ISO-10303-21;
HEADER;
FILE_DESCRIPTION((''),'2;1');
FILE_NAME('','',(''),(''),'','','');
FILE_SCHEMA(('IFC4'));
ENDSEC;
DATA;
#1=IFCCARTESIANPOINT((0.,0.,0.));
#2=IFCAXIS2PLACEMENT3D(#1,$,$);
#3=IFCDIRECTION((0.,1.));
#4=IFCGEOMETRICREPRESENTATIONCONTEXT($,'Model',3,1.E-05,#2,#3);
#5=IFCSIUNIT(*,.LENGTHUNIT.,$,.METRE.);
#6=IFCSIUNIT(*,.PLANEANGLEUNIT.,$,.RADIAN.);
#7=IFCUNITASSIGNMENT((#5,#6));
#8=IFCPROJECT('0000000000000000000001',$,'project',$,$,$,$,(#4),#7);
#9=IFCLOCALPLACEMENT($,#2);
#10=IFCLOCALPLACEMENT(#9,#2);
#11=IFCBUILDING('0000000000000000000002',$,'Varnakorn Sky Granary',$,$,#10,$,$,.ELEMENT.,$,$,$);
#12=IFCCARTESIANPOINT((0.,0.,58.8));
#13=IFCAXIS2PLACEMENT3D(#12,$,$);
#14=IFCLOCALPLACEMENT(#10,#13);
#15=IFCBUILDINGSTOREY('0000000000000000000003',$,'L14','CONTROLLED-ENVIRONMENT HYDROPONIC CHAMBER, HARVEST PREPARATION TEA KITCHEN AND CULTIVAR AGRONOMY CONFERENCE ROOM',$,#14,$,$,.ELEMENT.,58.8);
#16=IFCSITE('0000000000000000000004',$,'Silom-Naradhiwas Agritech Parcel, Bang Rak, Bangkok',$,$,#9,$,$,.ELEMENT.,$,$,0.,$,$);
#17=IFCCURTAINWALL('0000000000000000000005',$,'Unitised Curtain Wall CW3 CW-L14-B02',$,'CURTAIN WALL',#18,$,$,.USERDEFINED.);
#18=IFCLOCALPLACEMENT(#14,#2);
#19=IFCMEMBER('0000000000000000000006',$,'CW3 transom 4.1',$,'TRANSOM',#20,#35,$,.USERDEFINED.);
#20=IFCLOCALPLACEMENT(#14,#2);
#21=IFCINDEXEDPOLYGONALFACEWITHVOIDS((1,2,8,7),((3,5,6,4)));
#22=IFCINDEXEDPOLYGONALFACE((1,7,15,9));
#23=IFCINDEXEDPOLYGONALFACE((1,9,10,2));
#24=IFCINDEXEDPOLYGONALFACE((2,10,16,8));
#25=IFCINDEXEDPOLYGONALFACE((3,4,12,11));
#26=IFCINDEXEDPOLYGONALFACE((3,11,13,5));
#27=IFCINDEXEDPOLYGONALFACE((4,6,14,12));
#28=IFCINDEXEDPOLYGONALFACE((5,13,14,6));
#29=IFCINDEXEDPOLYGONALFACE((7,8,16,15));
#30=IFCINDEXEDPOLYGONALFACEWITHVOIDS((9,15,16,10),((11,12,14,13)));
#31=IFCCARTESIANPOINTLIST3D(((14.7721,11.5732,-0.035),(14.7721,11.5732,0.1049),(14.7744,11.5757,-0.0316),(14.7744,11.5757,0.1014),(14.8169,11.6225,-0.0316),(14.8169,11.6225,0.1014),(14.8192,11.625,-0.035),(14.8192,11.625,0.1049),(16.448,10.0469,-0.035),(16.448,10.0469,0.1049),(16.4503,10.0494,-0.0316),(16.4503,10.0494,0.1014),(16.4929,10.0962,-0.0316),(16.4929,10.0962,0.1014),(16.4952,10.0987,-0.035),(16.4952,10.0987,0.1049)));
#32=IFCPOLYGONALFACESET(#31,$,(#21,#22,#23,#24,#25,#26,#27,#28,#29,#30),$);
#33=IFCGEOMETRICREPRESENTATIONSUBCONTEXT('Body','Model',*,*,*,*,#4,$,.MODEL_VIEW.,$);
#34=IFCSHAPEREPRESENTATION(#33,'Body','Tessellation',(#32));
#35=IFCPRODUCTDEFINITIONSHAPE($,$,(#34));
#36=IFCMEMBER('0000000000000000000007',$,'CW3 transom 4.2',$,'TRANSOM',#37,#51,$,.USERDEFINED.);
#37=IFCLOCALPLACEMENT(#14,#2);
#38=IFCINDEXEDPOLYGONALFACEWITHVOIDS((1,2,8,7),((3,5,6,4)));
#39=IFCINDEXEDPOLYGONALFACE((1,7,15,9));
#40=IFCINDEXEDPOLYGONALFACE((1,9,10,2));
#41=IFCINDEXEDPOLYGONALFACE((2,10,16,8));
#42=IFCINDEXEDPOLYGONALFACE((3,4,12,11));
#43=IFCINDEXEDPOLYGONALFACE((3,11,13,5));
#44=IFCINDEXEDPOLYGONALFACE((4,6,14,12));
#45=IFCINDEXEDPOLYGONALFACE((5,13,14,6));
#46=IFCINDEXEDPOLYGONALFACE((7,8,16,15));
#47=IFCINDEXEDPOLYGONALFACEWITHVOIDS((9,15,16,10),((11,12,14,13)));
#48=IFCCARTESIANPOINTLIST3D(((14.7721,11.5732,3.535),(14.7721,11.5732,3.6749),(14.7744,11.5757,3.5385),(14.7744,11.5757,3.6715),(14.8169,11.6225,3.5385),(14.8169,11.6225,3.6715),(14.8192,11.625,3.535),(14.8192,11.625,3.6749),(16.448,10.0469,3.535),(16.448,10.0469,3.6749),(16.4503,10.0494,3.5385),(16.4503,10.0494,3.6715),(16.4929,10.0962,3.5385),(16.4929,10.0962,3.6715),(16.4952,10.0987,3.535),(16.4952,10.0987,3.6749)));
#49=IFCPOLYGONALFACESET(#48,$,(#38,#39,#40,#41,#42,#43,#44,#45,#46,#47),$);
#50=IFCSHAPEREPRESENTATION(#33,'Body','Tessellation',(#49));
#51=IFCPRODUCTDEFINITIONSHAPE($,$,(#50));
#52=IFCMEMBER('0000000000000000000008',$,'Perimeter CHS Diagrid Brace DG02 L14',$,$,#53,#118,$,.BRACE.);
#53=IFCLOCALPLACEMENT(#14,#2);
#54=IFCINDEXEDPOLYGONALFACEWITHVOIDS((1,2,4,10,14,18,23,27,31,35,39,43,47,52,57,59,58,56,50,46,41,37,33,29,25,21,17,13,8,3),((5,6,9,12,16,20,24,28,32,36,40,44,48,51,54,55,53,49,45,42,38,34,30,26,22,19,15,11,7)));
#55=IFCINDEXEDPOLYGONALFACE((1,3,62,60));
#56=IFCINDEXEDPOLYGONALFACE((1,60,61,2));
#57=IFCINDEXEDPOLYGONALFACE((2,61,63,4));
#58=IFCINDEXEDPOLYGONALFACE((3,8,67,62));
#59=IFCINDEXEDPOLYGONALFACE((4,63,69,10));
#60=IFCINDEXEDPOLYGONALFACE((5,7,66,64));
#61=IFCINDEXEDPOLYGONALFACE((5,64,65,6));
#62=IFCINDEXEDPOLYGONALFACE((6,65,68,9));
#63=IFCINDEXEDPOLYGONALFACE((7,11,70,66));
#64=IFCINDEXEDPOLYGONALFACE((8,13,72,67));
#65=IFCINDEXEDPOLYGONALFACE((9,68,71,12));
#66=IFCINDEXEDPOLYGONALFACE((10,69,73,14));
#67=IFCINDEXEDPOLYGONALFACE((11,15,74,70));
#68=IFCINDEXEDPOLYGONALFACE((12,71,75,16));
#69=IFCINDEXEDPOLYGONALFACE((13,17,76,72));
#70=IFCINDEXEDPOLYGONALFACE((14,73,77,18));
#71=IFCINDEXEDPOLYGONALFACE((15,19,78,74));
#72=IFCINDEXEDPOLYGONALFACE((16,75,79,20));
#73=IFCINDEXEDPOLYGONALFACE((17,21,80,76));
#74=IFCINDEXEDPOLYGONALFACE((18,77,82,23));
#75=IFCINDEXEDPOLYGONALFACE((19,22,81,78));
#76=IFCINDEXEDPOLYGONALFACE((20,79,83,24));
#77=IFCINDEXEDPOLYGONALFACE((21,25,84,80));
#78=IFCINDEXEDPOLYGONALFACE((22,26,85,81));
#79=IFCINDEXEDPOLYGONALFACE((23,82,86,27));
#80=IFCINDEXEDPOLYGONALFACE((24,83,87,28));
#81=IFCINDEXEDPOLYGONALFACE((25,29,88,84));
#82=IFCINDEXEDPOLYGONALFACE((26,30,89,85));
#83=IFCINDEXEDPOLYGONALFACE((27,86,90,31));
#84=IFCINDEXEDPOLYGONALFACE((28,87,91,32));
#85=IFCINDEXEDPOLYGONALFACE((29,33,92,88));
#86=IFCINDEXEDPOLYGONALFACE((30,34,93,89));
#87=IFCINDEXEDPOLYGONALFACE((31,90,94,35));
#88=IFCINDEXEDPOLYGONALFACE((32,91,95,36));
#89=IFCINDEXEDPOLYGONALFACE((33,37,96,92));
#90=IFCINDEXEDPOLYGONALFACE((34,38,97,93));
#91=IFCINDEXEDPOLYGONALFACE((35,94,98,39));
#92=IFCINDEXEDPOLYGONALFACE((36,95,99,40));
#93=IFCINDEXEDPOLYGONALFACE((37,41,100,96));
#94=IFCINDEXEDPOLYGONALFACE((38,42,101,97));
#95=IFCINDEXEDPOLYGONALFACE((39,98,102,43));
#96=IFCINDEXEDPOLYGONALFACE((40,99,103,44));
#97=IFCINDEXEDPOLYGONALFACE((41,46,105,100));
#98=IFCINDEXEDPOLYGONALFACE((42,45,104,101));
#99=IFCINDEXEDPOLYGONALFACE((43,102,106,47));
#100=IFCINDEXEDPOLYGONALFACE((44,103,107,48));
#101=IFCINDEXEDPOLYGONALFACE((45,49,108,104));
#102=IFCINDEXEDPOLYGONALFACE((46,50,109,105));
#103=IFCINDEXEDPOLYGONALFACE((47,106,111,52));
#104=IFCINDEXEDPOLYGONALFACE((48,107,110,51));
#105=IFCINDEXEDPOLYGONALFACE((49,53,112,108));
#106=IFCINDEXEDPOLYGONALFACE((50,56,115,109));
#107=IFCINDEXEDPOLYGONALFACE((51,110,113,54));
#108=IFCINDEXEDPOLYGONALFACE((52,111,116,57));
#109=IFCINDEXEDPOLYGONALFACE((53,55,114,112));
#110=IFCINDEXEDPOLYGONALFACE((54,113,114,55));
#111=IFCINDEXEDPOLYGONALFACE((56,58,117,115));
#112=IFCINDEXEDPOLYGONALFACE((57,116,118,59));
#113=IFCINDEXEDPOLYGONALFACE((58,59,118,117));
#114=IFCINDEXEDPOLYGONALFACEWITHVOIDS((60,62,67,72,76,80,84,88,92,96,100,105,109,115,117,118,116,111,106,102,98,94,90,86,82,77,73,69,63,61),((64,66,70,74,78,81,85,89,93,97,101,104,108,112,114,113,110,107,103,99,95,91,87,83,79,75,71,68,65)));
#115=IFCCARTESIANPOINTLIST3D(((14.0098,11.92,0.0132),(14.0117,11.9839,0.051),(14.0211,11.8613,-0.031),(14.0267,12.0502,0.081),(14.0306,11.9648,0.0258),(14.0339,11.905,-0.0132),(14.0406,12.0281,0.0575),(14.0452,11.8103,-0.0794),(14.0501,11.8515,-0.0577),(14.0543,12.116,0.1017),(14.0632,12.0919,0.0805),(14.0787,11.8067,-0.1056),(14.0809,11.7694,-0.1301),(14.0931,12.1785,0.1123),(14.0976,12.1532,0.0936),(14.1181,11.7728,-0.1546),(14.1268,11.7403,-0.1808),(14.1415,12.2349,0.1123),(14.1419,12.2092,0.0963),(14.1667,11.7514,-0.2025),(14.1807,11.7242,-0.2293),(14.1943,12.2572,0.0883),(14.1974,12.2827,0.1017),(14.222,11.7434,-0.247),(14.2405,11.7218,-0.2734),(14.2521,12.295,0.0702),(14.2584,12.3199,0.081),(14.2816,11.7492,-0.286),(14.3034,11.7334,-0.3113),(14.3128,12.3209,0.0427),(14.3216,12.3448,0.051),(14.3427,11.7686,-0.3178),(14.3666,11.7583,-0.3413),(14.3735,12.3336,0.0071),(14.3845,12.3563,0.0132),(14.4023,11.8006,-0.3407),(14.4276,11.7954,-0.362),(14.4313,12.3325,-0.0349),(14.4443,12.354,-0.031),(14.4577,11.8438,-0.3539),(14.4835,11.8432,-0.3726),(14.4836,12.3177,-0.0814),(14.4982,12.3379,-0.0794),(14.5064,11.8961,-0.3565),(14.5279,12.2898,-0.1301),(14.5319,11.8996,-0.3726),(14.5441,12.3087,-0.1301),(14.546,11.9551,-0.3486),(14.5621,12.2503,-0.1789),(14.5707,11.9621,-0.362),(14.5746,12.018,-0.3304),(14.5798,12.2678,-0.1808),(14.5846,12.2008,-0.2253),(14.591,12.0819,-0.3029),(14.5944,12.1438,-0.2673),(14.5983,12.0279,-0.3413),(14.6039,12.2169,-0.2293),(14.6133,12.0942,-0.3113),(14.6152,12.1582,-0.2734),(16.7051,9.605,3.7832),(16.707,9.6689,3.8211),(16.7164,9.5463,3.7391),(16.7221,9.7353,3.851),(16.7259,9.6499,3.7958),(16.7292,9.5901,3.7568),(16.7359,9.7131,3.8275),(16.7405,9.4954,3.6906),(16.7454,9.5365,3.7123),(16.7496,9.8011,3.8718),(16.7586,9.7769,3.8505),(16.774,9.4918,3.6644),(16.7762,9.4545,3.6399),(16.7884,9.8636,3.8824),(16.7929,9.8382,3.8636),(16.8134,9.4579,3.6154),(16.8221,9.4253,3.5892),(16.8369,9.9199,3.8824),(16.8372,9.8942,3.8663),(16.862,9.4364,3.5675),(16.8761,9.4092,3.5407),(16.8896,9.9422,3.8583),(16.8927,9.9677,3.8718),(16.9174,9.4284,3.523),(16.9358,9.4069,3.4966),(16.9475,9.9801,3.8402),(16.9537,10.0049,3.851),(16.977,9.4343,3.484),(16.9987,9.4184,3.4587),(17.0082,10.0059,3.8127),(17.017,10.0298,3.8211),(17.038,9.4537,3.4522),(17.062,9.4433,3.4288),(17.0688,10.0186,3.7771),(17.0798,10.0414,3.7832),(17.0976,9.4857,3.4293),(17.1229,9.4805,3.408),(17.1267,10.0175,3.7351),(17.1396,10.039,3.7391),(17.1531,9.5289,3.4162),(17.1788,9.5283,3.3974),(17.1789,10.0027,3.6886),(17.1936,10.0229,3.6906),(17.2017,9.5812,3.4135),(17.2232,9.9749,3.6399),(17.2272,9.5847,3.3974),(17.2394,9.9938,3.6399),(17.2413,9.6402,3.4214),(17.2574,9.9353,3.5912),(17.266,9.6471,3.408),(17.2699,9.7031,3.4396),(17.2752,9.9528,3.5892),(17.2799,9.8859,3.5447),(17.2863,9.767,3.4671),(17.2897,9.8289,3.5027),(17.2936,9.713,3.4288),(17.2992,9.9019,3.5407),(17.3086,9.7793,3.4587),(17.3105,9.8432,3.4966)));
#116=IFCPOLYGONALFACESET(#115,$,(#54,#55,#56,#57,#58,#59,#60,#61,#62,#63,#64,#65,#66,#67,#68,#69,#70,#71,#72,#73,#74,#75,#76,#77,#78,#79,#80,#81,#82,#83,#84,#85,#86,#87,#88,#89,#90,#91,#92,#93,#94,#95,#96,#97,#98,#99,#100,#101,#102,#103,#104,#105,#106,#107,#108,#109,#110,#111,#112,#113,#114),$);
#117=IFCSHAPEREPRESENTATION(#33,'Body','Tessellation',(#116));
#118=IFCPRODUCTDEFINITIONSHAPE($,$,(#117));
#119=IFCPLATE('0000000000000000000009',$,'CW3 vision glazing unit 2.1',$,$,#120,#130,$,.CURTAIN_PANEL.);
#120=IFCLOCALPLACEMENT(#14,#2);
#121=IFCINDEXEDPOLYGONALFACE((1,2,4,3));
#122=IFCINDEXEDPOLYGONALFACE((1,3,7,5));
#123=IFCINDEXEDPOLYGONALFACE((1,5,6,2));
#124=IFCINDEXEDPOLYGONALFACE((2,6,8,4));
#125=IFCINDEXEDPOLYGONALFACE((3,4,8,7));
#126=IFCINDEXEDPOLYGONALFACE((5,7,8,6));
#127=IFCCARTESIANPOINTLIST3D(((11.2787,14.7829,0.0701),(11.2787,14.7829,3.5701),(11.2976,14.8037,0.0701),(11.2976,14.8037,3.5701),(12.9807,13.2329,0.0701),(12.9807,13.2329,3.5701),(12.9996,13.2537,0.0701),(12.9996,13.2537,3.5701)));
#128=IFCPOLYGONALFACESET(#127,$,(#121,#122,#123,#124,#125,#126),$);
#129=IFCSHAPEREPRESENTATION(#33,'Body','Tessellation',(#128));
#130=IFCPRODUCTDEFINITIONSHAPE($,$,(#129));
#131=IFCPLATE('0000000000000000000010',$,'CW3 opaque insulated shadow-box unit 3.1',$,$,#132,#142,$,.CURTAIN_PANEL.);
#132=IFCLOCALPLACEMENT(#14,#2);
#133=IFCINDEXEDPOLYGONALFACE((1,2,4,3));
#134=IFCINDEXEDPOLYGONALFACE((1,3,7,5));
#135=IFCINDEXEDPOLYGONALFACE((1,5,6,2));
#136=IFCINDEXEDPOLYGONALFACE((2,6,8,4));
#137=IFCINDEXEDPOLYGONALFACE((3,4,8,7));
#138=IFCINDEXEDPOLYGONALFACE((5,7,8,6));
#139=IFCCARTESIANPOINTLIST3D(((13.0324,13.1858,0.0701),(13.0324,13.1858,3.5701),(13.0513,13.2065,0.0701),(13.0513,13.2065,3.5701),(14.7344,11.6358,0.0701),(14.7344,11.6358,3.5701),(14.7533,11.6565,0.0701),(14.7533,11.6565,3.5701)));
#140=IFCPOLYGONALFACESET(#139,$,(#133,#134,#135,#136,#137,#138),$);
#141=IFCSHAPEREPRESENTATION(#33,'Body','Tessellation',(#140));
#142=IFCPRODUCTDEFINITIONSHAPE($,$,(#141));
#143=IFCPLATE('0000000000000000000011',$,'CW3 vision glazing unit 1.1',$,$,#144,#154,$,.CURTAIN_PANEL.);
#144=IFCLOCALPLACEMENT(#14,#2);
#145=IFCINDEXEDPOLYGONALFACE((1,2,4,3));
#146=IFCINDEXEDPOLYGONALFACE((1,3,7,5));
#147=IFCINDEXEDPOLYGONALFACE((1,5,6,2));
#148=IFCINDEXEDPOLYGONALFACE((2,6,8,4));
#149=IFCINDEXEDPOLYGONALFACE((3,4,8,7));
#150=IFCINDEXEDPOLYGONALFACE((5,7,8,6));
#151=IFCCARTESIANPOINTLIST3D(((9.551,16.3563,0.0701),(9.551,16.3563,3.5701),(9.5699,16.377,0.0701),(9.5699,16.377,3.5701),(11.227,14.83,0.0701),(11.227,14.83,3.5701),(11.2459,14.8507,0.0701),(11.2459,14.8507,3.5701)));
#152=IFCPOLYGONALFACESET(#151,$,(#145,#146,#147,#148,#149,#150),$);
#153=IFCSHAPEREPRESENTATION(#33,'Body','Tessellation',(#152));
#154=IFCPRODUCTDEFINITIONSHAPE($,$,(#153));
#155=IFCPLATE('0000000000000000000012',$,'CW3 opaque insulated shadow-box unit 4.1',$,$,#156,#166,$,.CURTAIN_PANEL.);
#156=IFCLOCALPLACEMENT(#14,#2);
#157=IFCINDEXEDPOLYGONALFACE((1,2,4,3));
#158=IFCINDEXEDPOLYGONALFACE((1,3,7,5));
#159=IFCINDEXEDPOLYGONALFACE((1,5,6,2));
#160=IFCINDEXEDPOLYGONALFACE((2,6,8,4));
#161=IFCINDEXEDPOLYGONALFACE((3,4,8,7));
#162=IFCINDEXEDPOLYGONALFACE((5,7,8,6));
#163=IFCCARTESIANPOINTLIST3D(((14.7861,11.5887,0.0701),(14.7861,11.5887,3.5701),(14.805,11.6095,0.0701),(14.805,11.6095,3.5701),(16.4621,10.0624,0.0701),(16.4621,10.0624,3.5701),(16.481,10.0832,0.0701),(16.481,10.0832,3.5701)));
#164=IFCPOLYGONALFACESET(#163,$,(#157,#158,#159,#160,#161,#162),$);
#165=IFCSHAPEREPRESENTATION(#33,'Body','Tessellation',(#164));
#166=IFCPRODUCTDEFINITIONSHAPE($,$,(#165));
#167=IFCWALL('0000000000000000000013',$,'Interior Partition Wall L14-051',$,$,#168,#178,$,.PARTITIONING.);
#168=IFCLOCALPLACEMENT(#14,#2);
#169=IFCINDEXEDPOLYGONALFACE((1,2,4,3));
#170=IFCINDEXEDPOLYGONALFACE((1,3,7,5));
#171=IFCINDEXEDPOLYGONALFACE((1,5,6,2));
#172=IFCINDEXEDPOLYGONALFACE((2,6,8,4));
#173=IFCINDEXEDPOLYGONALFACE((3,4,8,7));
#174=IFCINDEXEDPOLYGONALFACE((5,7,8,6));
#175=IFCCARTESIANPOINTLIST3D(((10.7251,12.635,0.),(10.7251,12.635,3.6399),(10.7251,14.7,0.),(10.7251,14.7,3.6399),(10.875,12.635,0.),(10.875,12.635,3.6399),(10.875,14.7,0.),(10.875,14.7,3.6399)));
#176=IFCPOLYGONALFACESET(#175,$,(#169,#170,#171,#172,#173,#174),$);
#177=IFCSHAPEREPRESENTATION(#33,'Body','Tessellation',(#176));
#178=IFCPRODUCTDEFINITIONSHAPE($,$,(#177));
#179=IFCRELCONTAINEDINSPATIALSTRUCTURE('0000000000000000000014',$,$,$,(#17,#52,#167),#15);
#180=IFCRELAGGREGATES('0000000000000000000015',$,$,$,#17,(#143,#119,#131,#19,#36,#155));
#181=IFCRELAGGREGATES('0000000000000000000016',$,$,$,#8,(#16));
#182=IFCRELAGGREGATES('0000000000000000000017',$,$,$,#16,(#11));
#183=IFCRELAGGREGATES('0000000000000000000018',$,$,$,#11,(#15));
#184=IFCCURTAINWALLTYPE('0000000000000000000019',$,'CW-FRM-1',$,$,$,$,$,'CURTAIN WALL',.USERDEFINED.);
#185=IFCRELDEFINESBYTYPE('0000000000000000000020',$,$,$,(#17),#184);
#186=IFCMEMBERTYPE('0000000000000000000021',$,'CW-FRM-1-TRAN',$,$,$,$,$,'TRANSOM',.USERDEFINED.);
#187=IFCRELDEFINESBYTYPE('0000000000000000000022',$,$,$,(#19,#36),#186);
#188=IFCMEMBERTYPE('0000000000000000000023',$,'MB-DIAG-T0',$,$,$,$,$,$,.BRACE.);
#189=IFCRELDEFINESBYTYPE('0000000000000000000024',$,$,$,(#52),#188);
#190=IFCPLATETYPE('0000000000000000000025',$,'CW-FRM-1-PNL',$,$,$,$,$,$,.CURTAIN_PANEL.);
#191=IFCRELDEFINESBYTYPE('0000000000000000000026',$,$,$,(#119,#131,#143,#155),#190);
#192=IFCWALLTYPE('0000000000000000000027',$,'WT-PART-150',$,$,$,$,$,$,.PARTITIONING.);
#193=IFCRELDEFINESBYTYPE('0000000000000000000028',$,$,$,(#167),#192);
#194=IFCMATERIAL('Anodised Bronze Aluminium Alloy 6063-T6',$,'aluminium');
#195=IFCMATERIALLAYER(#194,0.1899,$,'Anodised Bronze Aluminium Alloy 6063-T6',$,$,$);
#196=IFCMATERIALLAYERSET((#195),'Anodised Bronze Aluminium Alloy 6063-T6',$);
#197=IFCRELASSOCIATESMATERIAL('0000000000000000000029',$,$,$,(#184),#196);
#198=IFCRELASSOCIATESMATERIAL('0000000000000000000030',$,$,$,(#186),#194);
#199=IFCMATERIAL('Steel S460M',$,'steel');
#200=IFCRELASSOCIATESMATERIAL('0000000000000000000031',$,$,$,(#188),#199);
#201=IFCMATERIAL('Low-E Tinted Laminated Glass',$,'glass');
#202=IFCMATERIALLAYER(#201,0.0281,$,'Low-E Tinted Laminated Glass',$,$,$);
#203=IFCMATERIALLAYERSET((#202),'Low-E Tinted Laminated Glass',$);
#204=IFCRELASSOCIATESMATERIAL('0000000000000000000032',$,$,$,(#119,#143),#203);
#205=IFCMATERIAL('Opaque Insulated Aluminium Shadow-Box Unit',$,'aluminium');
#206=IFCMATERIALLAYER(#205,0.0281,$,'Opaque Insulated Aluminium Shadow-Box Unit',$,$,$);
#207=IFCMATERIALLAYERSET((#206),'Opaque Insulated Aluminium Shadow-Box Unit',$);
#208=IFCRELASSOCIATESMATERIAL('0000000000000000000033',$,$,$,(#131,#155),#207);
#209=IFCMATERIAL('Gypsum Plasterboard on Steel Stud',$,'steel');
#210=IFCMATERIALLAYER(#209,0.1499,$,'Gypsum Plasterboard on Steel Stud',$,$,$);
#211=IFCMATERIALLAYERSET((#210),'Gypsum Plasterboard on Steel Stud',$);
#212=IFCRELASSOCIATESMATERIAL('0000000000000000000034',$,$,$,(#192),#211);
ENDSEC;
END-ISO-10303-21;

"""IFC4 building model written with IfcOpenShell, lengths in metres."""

from ifc_helpers import new_model, si_unit, direction, frame, frame_2d, origin, origin_2d, place, context, subcontext, project, spatial, rectangle, hollow_rectangle, hollow_circle, extrude, source, transform, mapped, material, layer, layer_set, material_profile, profile_set, type_object, type_shapes, element, aggregate, save


model = new_model("IFC4")

# Units and contexts
model_context = context("Model", 3, precision=1e-05, world=origin(), true_north=direction((0.0, 1.0)))
body_context = subcontext(model_context, "Body", "Model", "MODEL_VIEW")
ifc_project = project(units=[si_unit("LENGTHUNIT", "METRE"), si_unit("PLANEANGLEUNIT", "RADIAN")], contexts=[model_context])

# Site, building, storey
site_placement = place(None, origin())
site = spatial("IfcSite", under=ifc_project, at=site_placement, Name="Silom-Naradhiwas Agritech Parcel, Bang Rak, Bangkok", CompositionType="ELEMENT", RefElevation=0.0)
building_placement = place(site_placement, origin())
building = spatial("IfcBuilding", under=site, at=building_placement, Name="Varnakorn Sky Granary", CompositionType="ELEMENT")
storey_placement = place(building_placement, frame((0.0, 0.0, 58.8)))
storey = spatial("IfcBuildingStorey", under=building, at=storey_placement, Name="L14", Description="CONTROLLED-ENVIRONMENT HYDROPONIC CHAMBER, HARVEST PREPARATION TEA KITCHEN AND CULTIVAR AGRONOMY CONFERENCE ROOM", CompositionType="ELEMENT", Elevation=58.8)

# Curtain wall, members
ifc_material_1 = material(Name="Anodised Bronze Aluminium Alloy 6063-T6", Category="aluminium")
ifc_layer_1 = layer(ifc_material_1, 0.1899, Name="Anodised Bronze Aluminium Alloy 6063-T6")
ifc_layer_set_1 = layer_set([ifc_layer_1], Name="Anodised Bronze Aluminium Alloy 6063-T6")
curtain_wall_type = type_object("IfcCurtainWallType", Name="CW-FRM-1", ElementType="CURTAIN WALL", PredefinedType="USERDEFINED", material=ifc_layer_set_1)
curtain_wall_placement = place(storey_placement, origin())
curtain_wall = element("IfcCurtainWall", 1, at=curtain_wall_placement, inside=storey, type_object=curtain_wall_type, Name="Unitised Curtain Wall CW3 CW-L14-B02", ObjectType="CURTAIN WALL", PredefinedType="USERDEFINED")
ifc_material_profile_1 = material_profile(ifc_material_1, hollow_rectangle(XDim=0.0701, YDim=0.1399, WallThickness=0.0034, at=origin_2d()), Name="ALU TRAN 70x140")
ifc_profile_set_1 = profile_set([ifc_material_profile_1], Name="Anodised Bronze Aluminium Alloy 6063-T6")
member_type_1 = type_object("IfcMemberType", Name="CW-FRM-1-TRAN", ElementType="TRANSOM", PredefinedType="USERDEFINED", material=ifc_profile_set_1)
member_1_placement = place(storey_placement, frame((14.7957, 11.5991, 0.0349), z_axis=(0.739345, -0.673327, 0.0), x_axis=(0.673327, 0.739345, 0.0)))
member_1 = element("IfcMember", 2, at=member_1_placement, type_object=member_type_1, Name="CW3 transom 4.1", ObjectType="TRANSOM", PredefinedType="USERDEFINED", context=body_context, shape_type="SweptSolid", body=[
    extrude(hollow_rectangle(XDim=0.0701, YDim=0.1399, WallThickness=0.0034, at=origin_2d()), origin(), (0.0, 0.0, 1.0), 2.2668),
])
member_2_placement = place(storey_placement, frame((14.7957, 11.5991, 3.605), z_axis=(0.739345, -0.673327, 0.0), x_axis=(0.673327, 0.739345, 0.0)))
member_2 = element("IfcMember", 3, at=member_2_placement, type_object=member_type_1, Name="CW3 transom 4.2", ObjectType="TRANSOM", PredefinedType="USERDEFINED", context=body_context, shape_type="SweptSolid", body=[
    extrude(hollow_rectangle(XDim=0.0701, YDim=0.1399, WallThickness=0.0034, at=origin_2d()), origin(), (0.0, 0.0, 1.0), 2.2668),
])

# Member
ifc_material_2 = material(Name="Steel S460M", Category="steel")
ifc_material_profile_2 = material_profile(ifc_material_2, hollow_circle(Radius=0.3555, WallThickness=0.0249, at=origin_2d()), Name="CHS 711x25")
ifc_profile_set_2 = profile_set([ifc_material_profile_2], Name="Steel S460M")
member_type_2 = type_object("IfcMemberType", Name="MB-DIAG-T0", PredefinedType="BRACE", material=ifc_profile_set_2)
member_3_placement = place(storey_placement, frame((14.3125, 12.0391, -0.1301), z_axis=(0.520289, -0.446864, 0.727745), x_axis=(0.651549, 0.758606, 0.0)))
element("IfcMember", 4, at=member_3_placement, inside=storey, type_object=member_type_2, Name="Perimeter CHS Diagrid Brace DG02 L14", PredefinedType="BRACE", context=body_context, shape_type="SweptSolid", body=[
    extrude(hollow_circle(Radius=0.3555, WallThickness=0.0249, at=origin_2d()), origin(), (0.0, 0.0, 1.0), 5.1804),
])

# Plates
ifc_material_3 = material(Name="Low-E Tinted Laminated Glass", Category="glass")
ifc_layer_2 = layer(ifc_material_3, 0.0281, Name="Low-E Tinted Laminated Glass")
ifc_layer_set_2 = layer_set([ifc_layer_2], Name="Low-E Tinted Laminated Glass")
plate_type = type_object("IfcPlateType", Name="CW-FRM-1-PNL", PredefinedType="CURTAIN_PANEL")
shared_shape_1 = source(origin(), body_context, "Body", "SweptSolid", [
    extrude(rectangle(XDim=2.302, YDim=0.0281, at=origin_2d()), origin(), (0.0, 0.0, 1.0), 3.5),
])
plate_1_placement = place(storey_placement, frame((12.1392, 14.0183, 0.0701), z_axis=(0.0, 0.0, 1.0), x_axis=(0.739352, -0.673319, 0.0)))
plate_1 = element("IfcPlate", 5, at=plate_1_placement, type_object=plate_type, material=ifc_layer_set_2, Name="CW3 vision glazing unit 2.1", PredefinedType="CURTAIN_PANEL", context=body_context, shape_type="MappedRepresentation", body=[
    mapped(shared_shape_1, transform((0.0, 0.0, 0.0), x_axis=(1.0, 0.0, 0.0), y_axis=(0.0, 1.0, 0.0), z_axis=(0.0, 0.0, 1.0), scale=1.0)),
])
ifc_material_4 = material(Name="Opaque Insulated Aluminium Shadow-Box Unit", Category="aluminium")
ifc_layer_3 = layer(ifc_material_4, 0.0281, Name="Opaque Insulated Aluminium Shadow-Box Unit")
ifc_layer_set_3 = layer_set([ifc_layer_3], Name="Opaque Insulated Aluminium Shadow-Box Unit")
plate_2_placement = place(storey_placement, frame((13.8928, 12.4211, 0.0701), z_axis=(0.0, 0.0, 1.0), x_axis=(0.739352, -0.673319, 0.0)))
plate_2 = element("IfcPlate", 6, at=plate_2_placement, type_object=plate_type, material=ifc_layer_set_3, Name="CW3 opaque insulated shadow-box unit 3.1", PredefinedType="CURTAIN_PANEL", context=body_context, shape_type="MappedRepresentation", body=[
    mapped(shared_shape_1, transform((0.0, 0.0, 0.0), x_axis=(1.0, 0.0, 0.0), y_axis=(0.0, 1.0, 0.0), z_axis=(0.0, 0.0, 1.0), scale=1.0)),
])
shared_shape_2 = source(origin(), body_context, "Body", "SweptSolid", [
    extrude(rectangle(XDim=2.2668, YDim=0.0281, at=origin_2d()), origin(), (0.0, 0.0, 1.0), 3.5),
])
type_shapes(plate_type, [shared_shape_1, shared_shape_2])
plate_3_placement = place(storey_placement, frame((10.3984, 15.6035, 0.0701), z_axis=(0.0, 0.0, 1.0), x_axis=(0.739352, -0.673319, 0.0)))
plate_3 = element("IfcPlate", 7, at=plate_3_placement, type_object=plate_type, material=ifc_layer_set_2, Name="CW3 vision glazing unit 1.1", PredefinedType="CURTAIN_PANEL", context=body_context, shape_type="MappedRepresentation", body=[
    mapped(shared_shape_2, transform((0.0, 0.0, 0.0), x_axis=(1.0, 0.0, 0.0), y_axis=(0.0, 1.0, 0.0), z_axis=(0.0, 0.0, 1.0), scale=1.0)),
])
plate_4_placement = place(storey_placement, frame((15.6335, 10.8359, 0.0701), z_axis=(0.0, 0.0, 1.0), x_axis=(0.739352, -0.673319, 0.0)))
plate_4 = element("IfcPlate", 8, at=plate_4_placement, type_object=plate_type, material=ifc_layer_set_3, Name="CW3 opaque insulated shadow-box unit 4.1", PredefinedType="CURTAIN_PANEL", context=body_context, shape_type="MappedRepresentation", body=[
    mapped(shared_shape_2, transform((0.0, 0.0, 0.0), x_axis=(1.0, 0.0, 0.0), y_axis=(0.0, 1.0, 0.0), z_axis=(0.0, 0.0, 1.0), scale=1.0)),
])
aggregate(curtain_wall, [plate_3, plate_1, plate_2, member_1, member_2, plate_4])

# Wall
ifc_material_5 = material(Name="Gypsum Plasterboard on Steel Stud", Category="steel")
ifc_layer_4 = layer(ifc_material_5, 0.1499, Name="Gypsum Plasterboard on Steel Stud")
ifc_layer_set_4 = layer_set([ifc_layer_4], Name="Gypsum Plasterboard on Steel Stud")
wall_type = type_object("IfcWallType", Name="WT-PART-150", PredefinedType="PARTITIONING", material=ifc_layer_set_4)
wall_1_placement = place(storey_placement, frame((10.8, 12.635, 0.0), z_axis=(0.0, 0.0, 1.0), x_axis=(0.0, 1.0, 0.0)))
element("IfcWall", 9, at=wall_1_placement, inside=storey, type_object=wall_type, Name="Interior Partition Wall L14-051", PredefinedType="PARTITIONING", context=body_context, shape_type="SweptSolid", body=[
    extrude(rectangle(XDim=2.0649, YDim=0.1499, at=frame_2d((1.0325, 0.0))), origin(), (0.0, 0.0, 1.0), 3.6399),
])

save(model, "model.ifc")
